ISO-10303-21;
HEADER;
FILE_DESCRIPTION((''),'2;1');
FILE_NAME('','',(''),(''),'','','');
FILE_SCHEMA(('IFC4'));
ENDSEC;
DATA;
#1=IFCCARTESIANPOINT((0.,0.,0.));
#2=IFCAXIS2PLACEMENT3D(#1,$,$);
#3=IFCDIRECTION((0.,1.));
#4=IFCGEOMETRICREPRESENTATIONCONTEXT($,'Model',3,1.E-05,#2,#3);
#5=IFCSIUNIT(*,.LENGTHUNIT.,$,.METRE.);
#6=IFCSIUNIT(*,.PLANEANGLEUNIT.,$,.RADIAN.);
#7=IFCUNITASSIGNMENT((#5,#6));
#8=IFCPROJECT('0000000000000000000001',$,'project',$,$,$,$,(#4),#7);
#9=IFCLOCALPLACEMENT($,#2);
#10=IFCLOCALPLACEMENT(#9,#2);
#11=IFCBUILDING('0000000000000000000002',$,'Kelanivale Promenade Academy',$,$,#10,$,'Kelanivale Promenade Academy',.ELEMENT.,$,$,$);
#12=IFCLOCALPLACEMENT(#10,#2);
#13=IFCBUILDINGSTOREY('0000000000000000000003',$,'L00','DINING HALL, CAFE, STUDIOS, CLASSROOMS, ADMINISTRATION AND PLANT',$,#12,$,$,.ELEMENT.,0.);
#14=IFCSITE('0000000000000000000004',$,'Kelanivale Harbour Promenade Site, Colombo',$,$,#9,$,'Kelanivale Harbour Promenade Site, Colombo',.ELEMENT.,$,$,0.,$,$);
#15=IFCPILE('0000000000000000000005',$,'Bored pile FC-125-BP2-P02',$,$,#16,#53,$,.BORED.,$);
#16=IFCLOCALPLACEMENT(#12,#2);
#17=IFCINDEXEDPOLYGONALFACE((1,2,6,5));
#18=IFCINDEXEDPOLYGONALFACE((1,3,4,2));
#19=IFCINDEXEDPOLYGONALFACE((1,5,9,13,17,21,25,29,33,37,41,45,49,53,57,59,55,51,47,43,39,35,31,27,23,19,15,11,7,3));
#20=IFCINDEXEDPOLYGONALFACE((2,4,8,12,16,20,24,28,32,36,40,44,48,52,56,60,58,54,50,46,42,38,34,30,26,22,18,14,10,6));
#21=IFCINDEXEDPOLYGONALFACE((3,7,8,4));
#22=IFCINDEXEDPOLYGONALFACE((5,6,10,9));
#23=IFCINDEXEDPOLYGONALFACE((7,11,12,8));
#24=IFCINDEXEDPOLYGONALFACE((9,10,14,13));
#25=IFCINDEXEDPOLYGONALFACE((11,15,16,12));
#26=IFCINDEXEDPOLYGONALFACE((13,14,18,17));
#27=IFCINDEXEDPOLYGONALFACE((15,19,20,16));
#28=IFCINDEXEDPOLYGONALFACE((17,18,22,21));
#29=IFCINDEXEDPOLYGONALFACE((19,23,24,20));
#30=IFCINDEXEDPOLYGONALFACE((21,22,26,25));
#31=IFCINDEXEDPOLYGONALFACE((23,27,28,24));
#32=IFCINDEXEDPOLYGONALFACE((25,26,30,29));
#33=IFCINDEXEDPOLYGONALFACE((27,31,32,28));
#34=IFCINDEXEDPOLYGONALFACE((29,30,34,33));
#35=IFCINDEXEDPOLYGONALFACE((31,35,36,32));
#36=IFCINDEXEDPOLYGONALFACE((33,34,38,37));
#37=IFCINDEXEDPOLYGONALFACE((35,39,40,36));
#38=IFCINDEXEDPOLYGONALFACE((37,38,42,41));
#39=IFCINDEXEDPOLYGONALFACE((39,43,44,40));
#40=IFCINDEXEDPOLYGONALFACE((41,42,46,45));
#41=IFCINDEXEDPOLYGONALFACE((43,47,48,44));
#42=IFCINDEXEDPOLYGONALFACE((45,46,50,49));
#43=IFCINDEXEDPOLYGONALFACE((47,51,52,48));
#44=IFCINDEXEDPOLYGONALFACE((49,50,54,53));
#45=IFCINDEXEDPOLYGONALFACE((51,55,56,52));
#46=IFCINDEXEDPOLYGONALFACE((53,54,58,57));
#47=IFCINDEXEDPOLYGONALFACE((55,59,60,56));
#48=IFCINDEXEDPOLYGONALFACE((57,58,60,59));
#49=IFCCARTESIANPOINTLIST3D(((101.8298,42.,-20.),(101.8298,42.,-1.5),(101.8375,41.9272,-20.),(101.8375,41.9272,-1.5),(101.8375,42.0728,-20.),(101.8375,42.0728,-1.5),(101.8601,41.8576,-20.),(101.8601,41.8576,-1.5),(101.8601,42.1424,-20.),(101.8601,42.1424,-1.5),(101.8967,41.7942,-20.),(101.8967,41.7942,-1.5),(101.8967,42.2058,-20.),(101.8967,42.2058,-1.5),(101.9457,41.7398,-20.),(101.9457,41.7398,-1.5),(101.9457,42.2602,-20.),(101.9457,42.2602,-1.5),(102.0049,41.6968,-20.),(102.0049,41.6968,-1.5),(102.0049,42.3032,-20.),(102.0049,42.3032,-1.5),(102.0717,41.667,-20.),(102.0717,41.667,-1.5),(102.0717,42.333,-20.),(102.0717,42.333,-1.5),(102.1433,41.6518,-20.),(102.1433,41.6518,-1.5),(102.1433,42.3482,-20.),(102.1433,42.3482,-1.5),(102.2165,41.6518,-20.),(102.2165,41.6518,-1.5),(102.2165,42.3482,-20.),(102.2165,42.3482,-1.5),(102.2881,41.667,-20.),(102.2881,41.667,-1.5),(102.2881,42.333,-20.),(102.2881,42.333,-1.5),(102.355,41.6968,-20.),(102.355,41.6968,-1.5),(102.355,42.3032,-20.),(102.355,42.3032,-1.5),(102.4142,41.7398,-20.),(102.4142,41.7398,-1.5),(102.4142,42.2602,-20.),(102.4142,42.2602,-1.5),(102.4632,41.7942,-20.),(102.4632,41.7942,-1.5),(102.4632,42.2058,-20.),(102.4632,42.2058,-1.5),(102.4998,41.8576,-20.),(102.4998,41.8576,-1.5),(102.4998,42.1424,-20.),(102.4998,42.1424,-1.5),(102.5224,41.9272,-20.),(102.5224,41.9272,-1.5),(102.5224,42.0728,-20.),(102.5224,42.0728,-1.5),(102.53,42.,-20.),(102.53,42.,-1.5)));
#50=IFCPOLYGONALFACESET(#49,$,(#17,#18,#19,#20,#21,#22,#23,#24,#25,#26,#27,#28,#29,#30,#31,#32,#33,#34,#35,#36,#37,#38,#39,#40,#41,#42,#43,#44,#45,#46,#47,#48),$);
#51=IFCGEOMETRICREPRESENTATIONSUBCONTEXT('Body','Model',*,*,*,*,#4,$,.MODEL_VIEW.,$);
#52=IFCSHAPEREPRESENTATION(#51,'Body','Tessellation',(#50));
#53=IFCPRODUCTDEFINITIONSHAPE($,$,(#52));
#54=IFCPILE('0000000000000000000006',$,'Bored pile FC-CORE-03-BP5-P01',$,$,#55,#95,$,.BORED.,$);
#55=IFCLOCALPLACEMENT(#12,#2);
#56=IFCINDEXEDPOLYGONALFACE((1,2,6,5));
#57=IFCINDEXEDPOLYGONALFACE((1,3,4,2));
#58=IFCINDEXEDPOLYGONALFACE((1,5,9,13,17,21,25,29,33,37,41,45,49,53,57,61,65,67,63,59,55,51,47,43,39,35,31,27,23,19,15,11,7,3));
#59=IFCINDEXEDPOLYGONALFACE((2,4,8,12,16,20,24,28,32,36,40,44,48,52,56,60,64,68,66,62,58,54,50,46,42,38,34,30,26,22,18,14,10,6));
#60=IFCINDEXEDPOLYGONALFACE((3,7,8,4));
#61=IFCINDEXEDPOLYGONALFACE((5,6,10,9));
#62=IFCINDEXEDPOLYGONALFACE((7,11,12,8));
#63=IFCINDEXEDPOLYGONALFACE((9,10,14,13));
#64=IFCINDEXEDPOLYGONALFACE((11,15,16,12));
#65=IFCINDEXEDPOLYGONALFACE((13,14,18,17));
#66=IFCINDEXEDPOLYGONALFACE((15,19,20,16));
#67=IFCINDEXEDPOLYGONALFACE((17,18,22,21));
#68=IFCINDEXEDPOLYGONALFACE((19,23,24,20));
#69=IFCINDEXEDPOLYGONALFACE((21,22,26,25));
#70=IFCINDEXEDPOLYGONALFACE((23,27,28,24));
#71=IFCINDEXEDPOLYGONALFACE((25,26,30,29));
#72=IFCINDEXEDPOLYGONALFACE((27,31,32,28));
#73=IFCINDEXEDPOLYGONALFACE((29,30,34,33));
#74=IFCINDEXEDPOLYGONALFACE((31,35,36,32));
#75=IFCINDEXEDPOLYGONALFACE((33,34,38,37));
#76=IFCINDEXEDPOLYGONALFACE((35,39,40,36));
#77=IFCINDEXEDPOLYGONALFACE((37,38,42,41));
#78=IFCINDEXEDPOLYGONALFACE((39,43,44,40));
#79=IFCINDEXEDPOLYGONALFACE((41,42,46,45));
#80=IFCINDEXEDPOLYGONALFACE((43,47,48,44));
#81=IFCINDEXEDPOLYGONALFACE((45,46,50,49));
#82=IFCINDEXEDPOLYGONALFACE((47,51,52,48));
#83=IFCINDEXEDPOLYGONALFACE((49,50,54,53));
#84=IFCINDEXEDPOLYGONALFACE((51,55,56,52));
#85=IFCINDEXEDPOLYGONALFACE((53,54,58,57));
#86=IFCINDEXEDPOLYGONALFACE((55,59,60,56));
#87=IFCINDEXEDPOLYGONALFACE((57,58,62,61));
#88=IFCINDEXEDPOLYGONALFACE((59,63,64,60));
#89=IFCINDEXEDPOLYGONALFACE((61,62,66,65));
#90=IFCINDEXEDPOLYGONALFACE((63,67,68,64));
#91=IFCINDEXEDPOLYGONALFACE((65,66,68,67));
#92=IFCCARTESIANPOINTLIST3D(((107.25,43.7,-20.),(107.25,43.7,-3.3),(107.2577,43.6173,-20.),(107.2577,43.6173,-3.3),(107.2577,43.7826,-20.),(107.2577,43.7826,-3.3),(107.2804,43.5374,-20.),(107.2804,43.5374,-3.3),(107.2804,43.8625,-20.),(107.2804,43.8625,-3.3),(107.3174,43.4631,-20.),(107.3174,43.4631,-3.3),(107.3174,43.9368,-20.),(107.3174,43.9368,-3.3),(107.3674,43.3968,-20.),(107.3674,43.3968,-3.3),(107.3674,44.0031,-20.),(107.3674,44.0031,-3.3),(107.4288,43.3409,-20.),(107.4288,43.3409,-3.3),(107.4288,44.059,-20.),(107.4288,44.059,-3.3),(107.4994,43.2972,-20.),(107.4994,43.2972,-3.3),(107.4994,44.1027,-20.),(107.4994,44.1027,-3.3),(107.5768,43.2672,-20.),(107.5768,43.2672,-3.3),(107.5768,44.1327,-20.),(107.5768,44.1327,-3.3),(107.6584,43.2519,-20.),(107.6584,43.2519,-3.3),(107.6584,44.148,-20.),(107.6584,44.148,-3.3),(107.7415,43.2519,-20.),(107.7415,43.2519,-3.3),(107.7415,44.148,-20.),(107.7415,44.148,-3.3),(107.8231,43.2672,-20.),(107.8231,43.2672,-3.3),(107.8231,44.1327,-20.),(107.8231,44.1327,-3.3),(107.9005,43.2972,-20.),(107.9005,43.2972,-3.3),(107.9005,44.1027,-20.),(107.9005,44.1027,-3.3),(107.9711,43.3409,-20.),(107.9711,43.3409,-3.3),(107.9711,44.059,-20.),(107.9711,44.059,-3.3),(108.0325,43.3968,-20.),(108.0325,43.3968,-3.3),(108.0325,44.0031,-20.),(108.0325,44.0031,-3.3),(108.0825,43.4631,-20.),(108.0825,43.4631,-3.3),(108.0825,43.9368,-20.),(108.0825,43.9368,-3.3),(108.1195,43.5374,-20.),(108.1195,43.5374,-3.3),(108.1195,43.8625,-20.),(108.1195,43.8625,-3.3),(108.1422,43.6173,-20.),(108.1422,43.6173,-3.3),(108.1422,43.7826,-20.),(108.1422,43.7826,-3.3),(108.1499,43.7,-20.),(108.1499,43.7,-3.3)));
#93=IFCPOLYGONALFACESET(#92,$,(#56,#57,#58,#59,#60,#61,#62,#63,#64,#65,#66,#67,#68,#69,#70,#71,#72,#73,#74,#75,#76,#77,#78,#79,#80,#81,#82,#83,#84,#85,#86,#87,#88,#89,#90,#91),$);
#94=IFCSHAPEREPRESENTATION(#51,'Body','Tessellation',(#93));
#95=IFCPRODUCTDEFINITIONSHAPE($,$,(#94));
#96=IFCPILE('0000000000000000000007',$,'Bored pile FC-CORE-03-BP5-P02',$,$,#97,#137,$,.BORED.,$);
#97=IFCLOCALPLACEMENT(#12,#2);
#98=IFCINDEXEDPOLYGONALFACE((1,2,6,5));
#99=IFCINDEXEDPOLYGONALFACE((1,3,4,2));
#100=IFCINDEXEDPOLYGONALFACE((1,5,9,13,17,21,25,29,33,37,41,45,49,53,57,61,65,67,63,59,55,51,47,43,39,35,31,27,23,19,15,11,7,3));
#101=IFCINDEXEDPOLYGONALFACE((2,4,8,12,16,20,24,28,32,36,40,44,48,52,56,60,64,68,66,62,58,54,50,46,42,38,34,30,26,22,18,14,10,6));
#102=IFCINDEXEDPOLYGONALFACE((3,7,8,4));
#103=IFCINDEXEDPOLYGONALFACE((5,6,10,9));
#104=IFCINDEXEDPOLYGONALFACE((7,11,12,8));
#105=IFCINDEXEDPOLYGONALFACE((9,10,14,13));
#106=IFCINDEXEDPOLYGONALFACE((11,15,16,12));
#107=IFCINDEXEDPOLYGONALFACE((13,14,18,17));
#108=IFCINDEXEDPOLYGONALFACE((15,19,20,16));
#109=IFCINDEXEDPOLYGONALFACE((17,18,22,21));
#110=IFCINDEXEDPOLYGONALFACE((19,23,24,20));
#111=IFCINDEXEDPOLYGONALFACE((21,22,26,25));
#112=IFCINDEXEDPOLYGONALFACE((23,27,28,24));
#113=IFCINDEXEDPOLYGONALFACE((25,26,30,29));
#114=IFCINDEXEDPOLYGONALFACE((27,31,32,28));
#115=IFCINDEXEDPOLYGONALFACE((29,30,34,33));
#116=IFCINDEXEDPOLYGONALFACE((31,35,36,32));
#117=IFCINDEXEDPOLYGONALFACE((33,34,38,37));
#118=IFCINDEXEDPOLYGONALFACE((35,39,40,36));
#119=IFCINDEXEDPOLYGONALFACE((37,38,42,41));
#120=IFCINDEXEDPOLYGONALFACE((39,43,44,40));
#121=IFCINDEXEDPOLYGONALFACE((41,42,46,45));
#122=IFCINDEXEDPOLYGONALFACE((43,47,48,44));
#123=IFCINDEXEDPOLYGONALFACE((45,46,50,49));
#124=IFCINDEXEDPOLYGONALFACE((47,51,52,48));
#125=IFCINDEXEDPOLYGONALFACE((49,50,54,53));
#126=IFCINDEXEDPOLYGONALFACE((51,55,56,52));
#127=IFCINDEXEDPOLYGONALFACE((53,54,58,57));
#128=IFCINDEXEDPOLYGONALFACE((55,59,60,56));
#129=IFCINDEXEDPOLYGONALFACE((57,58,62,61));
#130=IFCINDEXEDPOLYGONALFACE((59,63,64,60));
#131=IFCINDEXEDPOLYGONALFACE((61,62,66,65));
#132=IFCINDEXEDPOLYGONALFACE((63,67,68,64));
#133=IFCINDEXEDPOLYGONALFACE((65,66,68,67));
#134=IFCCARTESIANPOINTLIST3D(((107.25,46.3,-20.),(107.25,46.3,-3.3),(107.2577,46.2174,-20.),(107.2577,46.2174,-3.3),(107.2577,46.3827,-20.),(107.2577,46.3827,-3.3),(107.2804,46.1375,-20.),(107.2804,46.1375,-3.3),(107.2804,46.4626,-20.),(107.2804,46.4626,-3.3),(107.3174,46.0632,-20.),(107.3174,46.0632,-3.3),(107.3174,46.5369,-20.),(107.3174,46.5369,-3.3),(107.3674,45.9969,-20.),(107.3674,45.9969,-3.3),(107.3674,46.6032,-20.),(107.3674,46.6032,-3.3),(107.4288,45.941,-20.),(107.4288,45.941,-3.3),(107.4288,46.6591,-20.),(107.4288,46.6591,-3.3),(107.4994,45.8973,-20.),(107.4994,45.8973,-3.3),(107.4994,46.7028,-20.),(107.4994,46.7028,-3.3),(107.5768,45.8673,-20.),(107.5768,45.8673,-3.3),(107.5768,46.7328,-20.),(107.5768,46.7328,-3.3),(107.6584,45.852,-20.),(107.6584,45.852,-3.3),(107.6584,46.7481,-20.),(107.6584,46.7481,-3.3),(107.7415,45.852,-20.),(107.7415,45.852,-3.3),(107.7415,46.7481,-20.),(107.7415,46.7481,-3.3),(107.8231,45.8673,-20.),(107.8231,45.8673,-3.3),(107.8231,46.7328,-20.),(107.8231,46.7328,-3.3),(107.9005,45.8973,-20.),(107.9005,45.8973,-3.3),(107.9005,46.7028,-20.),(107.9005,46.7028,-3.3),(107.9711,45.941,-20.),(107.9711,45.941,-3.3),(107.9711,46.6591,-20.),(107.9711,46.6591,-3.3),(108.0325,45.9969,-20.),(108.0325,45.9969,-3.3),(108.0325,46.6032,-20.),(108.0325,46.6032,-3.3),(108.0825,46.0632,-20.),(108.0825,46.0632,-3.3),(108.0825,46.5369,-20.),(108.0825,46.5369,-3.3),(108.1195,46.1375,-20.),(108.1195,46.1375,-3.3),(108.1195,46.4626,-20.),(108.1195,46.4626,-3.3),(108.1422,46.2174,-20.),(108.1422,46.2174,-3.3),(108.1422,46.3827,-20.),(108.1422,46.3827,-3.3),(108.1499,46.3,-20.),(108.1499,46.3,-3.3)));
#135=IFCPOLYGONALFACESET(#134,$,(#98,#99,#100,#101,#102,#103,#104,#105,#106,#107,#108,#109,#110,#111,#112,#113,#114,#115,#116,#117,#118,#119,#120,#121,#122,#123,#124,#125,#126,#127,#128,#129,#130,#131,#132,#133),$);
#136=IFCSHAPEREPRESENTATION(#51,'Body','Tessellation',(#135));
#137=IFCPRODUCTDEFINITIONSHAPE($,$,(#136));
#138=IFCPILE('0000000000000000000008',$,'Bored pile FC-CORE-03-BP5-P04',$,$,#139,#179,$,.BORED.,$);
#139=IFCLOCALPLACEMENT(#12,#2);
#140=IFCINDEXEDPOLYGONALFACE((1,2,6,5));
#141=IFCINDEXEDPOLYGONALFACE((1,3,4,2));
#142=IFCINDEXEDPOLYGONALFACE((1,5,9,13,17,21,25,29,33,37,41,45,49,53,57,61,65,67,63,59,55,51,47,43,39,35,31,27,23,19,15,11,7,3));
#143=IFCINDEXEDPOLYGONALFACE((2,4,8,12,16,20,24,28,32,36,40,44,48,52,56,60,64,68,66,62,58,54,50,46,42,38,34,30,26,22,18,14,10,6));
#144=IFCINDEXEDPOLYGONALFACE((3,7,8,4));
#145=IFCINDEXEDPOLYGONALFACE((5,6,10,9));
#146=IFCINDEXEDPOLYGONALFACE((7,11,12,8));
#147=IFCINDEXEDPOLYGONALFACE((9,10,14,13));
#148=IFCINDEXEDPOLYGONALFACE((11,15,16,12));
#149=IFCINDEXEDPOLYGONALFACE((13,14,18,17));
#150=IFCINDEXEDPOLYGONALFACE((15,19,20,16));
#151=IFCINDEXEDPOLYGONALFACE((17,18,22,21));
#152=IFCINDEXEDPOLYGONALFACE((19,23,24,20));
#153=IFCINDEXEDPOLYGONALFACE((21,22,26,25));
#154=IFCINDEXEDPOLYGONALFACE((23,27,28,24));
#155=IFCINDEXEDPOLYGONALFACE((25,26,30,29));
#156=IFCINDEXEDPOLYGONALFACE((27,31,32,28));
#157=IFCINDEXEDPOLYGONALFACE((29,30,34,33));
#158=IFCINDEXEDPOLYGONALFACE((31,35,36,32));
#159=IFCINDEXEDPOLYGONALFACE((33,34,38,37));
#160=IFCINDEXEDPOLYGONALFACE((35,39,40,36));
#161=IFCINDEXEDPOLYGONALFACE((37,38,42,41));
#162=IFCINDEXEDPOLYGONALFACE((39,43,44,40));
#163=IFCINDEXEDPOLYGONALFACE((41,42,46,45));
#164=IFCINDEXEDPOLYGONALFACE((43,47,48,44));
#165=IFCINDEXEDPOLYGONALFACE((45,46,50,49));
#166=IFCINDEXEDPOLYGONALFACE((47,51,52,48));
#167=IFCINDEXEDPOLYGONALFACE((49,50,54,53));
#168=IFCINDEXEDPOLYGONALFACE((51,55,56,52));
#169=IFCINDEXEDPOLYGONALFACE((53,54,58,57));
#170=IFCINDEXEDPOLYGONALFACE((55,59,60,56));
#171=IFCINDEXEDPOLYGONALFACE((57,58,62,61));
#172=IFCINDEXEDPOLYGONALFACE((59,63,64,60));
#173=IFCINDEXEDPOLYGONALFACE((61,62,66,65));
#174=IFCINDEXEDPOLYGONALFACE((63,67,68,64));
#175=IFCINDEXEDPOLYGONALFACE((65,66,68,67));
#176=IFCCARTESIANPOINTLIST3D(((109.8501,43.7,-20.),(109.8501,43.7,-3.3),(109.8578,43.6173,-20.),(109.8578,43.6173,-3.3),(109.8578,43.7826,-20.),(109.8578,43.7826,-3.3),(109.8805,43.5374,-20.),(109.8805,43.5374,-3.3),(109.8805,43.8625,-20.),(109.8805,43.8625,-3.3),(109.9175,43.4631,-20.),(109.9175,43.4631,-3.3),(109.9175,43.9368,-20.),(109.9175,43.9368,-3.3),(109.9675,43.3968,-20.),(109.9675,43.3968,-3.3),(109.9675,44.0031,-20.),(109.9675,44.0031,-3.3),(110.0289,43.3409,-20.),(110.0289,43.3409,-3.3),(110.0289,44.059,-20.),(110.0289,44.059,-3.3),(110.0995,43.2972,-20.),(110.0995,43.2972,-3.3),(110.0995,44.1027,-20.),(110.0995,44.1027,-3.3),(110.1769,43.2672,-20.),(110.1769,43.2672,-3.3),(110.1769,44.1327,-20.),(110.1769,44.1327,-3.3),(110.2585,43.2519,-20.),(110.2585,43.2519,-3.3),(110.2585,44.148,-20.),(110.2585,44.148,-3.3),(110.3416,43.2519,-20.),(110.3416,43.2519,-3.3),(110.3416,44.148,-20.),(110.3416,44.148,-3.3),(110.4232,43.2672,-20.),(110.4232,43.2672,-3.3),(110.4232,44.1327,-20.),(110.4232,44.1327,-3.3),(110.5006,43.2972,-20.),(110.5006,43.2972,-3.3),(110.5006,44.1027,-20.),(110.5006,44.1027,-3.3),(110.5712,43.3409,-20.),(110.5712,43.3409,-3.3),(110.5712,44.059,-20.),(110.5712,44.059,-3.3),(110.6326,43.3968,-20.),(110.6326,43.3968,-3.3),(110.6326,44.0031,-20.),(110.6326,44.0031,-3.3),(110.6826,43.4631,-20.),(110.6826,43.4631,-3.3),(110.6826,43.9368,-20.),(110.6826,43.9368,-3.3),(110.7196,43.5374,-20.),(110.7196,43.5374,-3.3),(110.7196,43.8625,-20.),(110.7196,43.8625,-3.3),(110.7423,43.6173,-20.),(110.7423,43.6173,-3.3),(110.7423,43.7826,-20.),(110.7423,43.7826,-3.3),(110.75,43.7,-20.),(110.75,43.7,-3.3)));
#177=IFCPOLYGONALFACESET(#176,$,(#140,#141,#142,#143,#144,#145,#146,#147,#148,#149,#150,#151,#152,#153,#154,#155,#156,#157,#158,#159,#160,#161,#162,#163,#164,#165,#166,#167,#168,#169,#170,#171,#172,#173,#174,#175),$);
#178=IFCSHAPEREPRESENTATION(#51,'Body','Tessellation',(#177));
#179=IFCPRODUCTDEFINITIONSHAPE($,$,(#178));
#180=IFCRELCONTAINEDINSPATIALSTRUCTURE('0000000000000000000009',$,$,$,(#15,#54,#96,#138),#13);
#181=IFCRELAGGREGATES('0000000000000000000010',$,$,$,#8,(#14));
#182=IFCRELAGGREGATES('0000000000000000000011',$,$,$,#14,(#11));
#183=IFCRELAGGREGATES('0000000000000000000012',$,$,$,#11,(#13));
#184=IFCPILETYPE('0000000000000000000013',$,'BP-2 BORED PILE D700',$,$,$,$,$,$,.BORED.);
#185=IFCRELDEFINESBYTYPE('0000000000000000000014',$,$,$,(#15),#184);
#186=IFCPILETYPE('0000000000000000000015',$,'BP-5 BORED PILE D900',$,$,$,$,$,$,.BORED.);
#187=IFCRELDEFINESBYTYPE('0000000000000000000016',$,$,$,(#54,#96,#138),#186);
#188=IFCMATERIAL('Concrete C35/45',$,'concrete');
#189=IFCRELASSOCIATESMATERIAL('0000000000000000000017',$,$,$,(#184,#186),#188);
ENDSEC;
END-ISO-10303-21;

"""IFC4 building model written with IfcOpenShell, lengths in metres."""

from ifc_helpers import new_model, si_unit, direction, frame, origin, origin_2d, place, context, subcontext, project, spatial, circle, extrude, material, material_profile, profile_set, type_object, element, save


model = new_model("IFC4")

# Units and contexts
model_context = context("Model", 3, precision=1e-05, world=origin(), true_north=direction((0.0, 1.0)))
body_context = subcontext(model_context, "Body", "Model", "MODEL_VIEW")
ifc_project = project(units=[si_unit("LENGTHUNIT", "METRE"), si_unit("PLANEANGLEUNIT", "RADIAN")], contexts=[model_context])

# Site, building, storey
site_placement = place(None, origin())
site = spatial("IfcSite", under=ifc_project, at=site_placement, Name="Kelanivale Harbour Promenade Site, Colombo", LongName="Kelanivale Harbour Promenade Site, Colombo", CompositionType="ELEMENT", RefElevation=0.0)
building_placement = place(site_placement, origin())
building = spatial("IfcBuilding", under=site, at=building_placement, Name="Kelanivale Promenade Academy", LongName="Kelanivale Promenade Academy", CompositionType="ELEMENT")
storey_placement = place(building_placement, origin())
storey = spatial("IfcBuildingStorey", under=building, at=storey_placement, Name="L00", Description="DINING HALL, CAFE, STUDIOS, CLASSROOMS, ADMINISTRATION AND PLANT", CompositionType="ELEMENT", Elevation=0.0)

# Piles
ifc_material_1 = material(Name="Concrete C35/45", Category="concrete")
ifc_material_profile_1 = material_profile(ifc_material_1, circle(Radius=0.3501, at=origin_2d()), Name="BORED PILE D700")
ifc_profile_set_1 = profile_set([ifc_material_profile_1], Name="Concrete C35/45")
pile_type_1 = type_object("IfcPileType", Name="BP-2 BORED PILE D700", PredefinedType="BORED", material=ifc_profile_set_1)
pile_placement = place(storey_placement, frame((102.1799, 42.0, -1.5), z_axis=(0.0, 0.0, -1.0), x_axis=(1.0, 0.0, 0.0)))
element("IfcPile", 1, at=pile_placement, inside=storey, type_object=pile_type_1, Name="Bored pile FC-125-BP2-P02", PredefinedType="BORED", context=body_context, shape_type="SweptSolid", body=[
    extrude(circle(Radius=0.3501, at=origin_2d()), origin(), (0.0, 0.0, 1.0), 18.5),
])
ifc_material_profile_2 = material_profile(ifc_material_1, circle(Radius=0.45, at=origin_2d()), Name="BORED PILE D900")
ifc_profile_set_2 = profile_set([ifc_material_profile_2], Name="Concrete C35/45")
pile_type_2 = type_object("IfcPileType", Name="BP-5 BORED PILE D900", PredefinedType="BORED", material=ifc_profile_set_2)
for number, where, z_axis, x_axis, name in (
    (2, (107.7, 43.7, -3.3), (0.0, 0.0, -1.0), (1.0, 0.0, 0.0), "Bored pile FC-CORE-03-BP5-P01"),
    (3, (107.7, 46.3, -3.3), (0.0, 0.0, -1.0), (1.0, 0.0, 0.0), "Bored pile FC-CORE-03-BP5-P02"),
    (4, (110.3, 43.7, -3.3), (0.0, 0.0, -1.0), (1.0, 0.0, 0.0), "Bored pile FC-CORE-03-BP5-P04"),
):
    element("IfcPile", number, at=place(storey_placement, frame(where, z_axis=z_axis, x_axis=x_axis)), inside=storey, type_object=pile_type_2, Name=name, PredefinedType="BORED", context=body_context, shape_type="SweptSolid", body=[
        extrude(circle(Radius=0.45, at=origin_2d()), origin(), (0.0, 0.0, 1.0), 16.7),
    ])

save(model, "model.ifc")
